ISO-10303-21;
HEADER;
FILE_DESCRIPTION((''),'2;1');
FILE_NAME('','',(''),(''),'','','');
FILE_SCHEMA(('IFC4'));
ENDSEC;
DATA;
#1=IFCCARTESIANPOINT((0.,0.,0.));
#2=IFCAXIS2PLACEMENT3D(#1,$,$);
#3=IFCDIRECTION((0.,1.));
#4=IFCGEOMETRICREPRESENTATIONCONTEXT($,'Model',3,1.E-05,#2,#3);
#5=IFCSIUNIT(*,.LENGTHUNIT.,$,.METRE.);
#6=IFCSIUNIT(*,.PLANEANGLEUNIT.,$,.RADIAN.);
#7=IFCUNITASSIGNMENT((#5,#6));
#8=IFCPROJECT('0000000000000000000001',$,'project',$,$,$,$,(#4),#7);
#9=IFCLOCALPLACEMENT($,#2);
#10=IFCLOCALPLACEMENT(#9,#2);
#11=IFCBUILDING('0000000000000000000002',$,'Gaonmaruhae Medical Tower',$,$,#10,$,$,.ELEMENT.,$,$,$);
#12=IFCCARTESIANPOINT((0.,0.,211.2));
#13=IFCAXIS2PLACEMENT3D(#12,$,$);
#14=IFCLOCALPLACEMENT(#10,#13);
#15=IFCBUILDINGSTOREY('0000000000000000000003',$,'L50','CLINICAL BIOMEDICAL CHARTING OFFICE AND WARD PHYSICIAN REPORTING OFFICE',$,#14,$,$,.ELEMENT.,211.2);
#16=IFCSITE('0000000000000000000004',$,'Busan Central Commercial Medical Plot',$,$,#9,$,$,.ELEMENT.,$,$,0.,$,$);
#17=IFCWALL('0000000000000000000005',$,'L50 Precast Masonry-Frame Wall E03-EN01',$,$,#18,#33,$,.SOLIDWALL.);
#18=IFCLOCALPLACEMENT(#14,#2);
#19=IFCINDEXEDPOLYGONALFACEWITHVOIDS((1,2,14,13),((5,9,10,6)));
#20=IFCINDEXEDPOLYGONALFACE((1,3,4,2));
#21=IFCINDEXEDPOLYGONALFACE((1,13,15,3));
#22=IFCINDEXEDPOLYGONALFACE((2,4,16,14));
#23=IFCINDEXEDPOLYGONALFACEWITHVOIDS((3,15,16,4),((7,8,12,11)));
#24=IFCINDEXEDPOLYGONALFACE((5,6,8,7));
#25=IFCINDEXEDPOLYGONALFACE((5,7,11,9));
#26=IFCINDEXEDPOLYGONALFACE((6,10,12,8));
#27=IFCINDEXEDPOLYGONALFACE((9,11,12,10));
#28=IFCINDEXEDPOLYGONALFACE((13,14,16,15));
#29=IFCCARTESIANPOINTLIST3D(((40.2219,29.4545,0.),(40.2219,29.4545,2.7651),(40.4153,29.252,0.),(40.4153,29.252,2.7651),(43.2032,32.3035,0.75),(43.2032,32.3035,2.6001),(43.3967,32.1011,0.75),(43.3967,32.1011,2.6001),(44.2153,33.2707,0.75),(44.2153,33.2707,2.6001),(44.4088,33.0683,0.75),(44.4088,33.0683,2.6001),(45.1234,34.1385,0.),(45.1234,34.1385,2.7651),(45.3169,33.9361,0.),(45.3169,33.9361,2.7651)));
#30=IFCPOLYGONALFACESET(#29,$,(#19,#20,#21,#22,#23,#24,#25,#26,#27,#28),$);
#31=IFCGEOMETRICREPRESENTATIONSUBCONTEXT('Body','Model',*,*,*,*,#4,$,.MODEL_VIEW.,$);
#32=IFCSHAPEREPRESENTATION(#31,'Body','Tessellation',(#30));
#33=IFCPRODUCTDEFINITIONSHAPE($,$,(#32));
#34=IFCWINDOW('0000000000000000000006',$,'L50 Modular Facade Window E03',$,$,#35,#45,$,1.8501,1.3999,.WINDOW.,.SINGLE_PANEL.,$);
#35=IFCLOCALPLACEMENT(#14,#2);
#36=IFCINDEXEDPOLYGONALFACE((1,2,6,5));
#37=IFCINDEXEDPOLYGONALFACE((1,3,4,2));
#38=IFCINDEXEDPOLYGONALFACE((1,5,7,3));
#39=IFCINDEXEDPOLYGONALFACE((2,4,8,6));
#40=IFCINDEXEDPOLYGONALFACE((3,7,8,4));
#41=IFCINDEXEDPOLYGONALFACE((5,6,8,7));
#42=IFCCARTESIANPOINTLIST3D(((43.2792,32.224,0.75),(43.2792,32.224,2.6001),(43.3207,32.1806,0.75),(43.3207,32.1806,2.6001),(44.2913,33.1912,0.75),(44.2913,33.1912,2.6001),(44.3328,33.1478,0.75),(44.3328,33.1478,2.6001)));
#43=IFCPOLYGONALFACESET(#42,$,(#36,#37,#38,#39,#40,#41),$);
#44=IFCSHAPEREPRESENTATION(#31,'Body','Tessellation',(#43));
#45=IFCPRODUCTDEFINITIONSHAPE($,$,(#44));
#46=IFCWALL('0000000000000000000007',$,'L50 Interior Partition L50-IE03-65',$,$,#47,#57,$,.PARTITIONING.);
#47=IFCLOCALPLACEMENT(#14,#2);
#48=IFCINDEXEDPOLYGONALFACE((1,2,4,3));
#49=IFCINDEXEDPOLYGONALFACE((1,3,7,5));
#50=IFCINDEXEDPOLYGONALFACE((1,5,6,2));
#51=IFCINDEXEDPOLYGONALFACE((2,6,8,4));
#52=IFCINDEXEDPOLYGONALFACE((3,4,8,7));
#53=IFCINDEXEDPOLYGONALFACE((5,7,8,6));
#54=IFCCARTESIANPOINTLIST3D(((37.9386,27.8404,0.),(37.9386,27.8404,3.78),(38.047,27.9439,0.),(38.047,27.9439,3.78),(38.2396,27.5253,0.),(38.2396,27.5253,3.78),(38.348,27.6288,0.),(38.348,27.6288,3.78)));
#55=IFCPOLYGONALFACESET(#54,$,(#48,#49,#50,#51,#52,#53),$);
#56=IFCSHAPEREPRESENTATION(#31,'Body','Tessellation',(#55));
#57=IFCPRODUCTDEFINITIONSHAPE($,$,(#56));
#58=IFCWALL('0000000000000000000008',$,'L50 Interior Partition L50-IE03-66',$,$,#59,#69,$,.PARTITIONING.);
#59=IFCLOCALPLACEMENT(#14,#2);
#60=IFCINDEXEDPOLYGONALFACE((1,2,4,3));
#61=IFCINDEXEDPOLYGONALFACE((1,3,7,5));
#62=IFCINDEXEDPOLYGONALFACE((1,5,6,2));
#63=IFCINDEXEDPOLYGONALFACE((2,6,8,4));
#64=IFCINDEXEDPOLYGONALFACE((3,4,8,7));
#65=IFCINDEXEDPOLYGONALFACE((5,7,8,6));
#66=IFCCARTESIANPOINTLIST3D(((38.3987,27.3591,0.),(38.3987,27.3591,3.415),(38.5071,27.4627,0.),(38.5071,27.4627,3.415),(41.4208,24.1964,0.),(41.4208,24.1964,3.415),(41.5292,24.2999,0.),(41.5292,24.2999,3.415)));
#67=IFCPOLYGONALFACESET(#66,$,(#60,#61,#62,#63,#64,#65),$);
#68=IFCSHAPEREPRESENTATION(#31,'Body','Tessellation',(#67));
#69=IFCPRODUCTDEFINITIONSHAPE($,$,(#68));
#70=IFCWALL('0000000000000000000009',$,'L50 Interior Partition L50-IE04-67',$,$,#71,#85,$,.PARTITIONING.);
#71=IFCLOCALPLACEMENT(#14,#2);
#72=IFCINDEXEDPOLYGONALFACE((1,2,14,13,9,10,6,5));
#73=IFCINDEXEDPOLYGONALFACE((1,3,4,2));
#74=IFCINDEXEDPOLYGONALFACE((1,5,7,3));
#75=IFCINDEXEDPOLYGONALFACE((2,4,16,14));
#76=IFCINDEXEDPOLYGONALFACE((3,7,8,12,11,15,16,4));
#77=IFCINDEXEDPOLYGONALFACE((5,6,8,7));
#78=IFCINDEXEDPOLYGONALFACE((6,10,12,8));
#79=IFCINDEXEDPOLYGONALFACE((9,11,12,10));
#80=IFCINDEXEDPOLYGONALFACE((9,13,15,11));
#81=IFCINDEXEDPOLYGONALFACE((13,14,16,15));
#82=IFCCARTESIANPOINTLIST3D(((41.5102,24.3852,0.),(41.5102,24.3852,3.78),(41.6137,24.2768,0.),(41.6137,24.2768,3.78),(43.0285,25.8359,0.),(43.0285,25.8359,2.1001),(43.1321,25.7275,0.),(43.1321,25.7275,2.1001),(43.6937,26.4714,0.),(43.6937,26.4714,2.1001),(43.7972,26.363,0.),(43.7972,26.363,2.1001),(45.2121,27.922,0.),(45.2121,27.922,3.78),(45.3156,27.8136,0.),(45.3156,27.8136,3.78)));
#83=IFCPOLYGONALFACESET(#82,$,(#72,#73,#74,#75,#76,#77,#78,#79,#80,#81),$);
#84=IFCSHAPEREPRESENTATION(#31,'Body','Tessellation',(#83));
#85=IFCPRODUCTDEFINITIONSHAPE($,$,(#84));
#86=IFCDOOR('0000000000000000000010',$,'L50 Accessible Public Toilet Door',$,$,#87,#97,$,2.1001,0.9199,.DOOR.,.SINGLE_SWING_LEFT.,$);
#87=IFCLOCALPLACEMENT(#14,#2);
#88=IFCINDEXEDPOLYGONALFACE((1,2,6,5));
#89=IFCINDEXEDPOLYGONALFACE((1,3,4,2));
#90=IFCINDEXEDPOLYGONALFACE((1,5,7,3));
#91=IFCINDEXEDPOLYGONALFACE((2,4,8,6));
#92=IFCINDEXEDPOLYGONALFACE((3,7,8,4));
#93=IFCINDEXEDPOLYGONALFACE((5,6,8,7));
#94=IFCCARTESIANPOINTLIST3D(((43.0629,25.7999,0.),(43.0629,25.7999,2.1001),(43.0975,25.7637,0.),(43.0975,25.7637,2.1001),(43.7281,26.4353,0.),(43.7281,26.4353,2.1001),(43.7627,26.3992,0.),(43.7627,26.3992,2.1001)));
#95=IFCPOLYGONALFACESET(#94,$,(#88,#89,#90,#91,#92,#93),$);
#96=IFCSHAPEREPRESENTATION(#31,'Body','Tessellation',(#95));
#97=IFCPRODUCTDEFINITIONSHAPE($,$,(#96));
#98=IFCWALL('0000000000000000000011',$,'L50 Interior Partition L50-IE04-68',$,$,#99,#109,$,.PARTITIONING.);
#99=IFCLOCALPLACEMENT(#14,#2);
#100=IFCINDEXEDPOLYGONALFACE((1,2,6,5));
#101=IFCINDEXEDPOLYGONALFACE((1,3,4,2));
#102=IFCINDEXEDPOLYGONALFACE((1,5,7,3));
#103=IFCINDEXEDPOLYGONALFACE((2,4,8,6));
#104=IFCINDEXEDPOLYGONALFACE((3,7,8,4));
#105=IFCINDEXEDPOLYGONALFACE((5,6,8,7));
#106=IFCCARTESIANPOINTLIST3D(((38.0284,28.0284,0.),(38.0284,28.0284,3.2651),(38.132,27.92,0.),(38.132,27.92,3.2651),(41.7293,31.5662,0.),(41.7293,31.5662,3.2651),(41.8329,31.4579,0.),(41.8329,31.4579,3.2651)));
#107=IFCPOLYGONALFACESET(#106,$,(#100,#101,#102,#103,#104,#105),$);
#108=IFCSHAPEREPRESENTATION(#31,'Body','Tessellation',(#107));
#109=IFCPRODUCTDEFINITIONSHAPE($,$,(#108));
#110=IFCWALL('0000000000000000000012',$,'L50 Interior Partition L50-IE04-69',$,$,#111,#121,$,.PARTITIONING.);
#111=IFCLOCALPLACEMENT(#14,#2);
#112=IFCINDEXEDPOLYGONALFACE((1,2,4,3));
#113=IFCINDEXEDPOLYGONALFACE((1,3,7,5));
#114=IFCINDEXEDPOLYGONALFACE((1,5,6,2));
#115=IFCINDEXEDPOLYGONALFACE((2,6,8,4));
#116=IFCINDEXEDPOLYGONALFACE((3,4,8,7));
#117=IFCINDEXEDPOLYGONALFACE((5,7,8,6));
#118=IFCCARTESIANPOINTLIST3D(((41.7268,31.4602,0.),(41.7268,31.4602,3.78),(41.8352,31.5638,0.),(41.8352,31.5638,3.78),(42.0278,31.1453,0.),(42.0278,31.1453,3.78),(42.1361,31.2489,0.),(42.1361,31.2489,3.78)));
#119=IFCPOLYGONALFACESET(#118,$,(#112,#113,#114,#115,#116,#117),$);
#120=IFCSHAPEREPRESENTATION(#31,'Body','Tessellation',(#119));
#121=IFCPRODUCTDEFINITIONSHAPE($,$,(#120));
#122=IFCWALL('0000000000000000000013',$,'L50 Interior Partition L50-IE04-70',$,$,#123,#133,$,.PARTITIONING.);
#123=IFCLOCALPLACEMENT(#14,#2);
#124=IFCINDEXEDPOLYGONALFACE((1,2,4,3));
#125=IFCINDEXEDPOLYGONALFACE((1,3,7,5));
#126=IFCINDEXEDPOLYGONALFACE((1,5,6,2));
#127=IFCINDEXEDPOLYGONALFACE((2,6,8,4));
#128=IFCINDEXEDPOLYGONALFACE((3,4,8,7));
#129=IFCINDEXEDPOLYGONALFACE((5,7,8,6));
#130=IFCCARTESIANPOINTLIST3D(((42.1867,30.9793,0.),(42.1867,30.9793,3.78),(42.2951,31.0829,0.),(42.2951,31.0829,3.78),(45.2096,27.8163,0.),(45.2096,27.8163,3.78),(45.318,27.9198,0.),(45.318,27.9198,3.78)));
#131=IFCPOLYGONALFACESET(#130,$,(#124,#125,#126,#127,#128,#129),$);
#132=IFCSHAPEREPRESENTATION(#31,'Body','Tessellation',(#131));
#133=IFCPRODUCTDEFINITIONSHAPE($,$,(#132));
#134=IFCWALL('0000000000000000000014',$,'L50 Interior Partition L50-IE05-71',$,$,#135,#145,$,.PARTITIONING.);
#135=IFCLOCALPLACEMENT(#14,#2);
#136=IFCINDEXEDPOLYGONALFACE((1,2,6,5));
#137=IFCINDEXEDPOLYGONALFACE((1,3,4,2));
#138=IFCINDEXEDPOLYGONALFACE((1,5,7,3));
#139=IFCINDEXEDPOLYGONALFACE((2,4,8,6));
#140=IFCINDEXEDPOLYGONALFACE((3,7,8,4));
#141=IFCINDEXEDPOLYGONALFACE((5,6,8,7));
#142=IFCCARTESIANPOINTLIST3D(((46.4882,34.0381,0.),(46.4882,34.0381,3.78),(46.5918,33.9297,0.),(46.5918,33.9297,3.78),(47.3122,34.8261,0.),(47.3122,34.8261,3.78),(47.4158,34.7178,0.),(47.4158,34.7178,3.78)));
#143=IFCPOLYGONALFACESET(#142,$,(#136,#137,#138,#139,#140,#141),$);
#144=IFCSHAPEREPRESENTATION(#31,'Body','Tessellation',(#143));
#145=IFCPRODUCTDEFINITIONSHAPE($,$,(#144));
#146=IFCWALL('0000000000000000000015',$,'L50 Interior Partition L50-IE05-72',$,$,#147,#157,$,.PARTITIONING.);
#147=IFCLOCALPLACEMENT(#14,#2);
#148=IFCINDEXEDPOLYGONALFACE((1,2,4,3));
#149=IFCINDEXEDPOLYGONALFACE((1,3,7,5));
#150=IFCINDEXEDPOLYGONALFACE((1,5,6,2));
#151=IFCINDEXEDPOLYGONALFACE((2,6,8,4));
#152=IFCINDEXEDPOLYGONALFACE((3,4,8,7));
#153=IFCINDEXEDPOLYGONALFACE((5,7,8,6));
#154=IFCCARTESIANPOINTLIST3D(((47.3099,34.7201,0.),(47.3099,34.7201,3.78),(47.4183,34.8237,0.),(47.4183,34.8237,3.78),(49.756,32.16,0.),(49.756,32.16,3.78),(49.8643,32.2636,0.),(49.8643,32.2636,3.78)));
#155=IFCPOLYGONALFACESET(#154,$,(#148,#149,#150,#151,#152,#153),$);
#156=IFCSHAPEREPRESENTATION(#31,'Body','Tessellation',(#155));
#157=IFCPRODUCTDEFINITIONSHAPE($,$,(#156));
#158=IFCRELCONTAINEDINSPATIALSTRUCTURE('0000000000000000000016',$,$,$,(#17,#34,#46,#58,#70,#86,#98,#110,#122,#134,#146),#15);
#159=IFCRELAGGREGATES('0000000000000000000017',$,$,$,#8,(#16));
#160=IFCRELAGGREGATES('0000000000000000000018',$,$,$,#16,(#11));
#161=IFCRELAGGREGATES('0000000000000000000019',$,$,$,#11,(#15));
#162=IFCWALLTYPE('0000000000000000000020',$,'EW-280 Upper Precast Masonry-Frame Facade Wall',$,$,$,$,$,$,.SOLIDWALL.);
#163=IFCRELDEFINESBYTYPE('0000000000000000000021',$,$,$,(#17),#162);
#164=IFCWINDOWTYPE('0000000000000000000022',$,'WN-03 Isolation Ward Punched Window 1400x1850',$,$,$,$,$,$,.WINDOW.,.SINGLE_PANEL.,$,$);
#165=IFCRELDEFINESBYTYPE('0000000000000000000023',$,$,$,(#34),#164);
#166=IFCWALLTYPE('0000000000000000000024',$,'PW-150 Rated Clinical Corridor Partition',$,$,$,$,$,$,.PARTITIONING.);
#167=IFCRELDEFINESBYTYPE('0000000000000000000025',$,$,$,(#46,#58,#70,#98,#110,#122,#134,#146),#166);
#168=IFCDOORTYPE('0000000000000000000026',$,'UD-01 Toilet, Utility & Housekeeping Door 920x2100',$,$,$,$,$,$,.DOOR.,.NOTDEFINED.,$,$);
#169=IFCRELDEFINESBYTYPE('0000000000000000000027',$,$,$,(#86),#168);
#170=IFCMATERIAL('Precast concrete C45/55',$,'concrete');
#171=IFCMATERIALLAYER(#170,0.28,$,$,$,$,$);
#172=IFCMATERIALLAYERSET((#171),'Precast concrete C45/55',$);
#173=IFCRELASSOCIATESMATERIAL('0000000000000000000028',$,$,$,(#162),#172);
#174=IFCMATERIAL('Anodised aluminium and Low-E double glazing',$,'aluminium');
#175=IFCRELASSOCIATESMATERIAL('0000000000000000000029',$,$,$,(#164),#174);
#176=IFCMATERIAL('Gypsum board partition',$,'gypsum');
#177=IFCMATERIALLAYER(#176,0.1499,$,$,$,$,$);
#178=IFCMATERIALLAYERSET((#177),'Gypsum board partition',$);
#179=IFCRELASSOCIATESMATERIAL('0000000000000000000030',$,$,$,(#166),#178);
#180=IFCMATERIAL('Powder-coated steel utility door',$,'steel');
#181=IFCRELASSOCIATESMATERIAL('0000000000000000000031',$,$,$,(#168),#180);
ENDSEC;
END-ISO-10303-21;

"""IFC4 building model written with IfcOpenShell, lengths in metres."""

from ifc_helpers import new_model, si_unit, direction, frame, frame_2d, origin, place, context, subcontext, project, spatial, rectangle, extrude, material, layer, layer_set, type_object, element, fill, save


model = new_model("IFC4")

# Units and contexts
model_context = context("Model", 3, precision=1e-05, world=origin(), true_north=direction((0.0, 1.0)))
body_context = subcontext(model_context, "Body", "Model", "MODEL_VIEW")
ifc_project = project(units=[si_unit("LENGTHUNIT", "METRE"), si_unit("PLANEANGLEUNIT", "RADIAN")], contexts=[model_context])

# Site, building, storey
site_placement = place(None, origin())
site = spatial("IfcSite", under=ifc_project, at=site_placement, Name="Busan Central Commercial Medical Plot", CompositionType="ELEMENT", RefElevation=0.0)
building_placement = place(site_placement, origin())
building = spatial("IfcBuilding", under=site, at=building_placement, Name="Gaonmaruhae Medical Tower", CompositionType="ELEMENT")
storey_placement = place(building_placement, frame((0.0, 0.0, 211.2)))
storey = spatial("IfcBuildingStorey", under=building, at=storey_placement, Name="L50", Description="CLINICAL BIOMEDICAL CHARTING OFFICE AND WARD PHYSICIAN REPORTING OFFICE", CompositionType="ELEMENT", Elevation=211.2)

# Wall, opening, window
ifc_material_1 = material(Name="Precast concrete C45/55", Category="concrete")
ifc_layer_1 = layer(ifc_material_1, 0.28)
ifc_layer_set_1 = layer_set([ifc_layer_1], Name="Precast concrete C45/55")
wall_type_1 = type_object("IfcWallType", Name="EW-280 Upper Precast Masonry-Frame Facade Wall", PredefinedType="SOLIDWALL", material=ifc_layer_set_1)
ifc_material_2 = material(Name="Anodised aluminium and Low-E double glazing", Category="aluminium")
wall_1_placement = place(storey_placement, frame((40.3186, 29.3533, 0.0), z_axis=(0.0, 0.0, 1.0), x_axis=(0.722967, 0.690882, 0.0)))
wall_1 = element("IfcWall", 1, at=wall_1_placement, inside=storey, type_object=wall_type_1, Name="L50 Precast Masonry-Frame Wall E03-EN01", PredefinedType="SOLIDWALL", context=body_context, shape_type="SweptSolid", body=[
    extrude(rectangle(XDim=6.7798, YDim=0.28, at=frame_2d((3.3899, 0.0))), origin(), (0.0, 0.0, 1.0), 2.7651),
])
opening_1_placement = place(wall_1_placement, frame((4.1238, 0.0, 0.75)))
opening_1 = element("IfcOpeningElement", 2, at=opening_1_placement, cuts=wall_1, PredefinedType="OPENING", context=body_context, shape_type="SweptSolid", body=[
    extrude(rectangle(XDim=1.3999, YDim=1.8501, at=frame_2d((0.7, 0.925))), frame((0.0, 0.1499, 0.0), z_axis=(0.0, -1.0, 0.0), x_axis=(1.0, 0.0, 0.0)), (0.0, 0.0, 1.0), 0.3),
])
window_type_1 = type_object("IfcWindowType", Name="WN-03 Isolation Ward Punched Window 1400x1850", PartitioningType="SINGLE_PANEL", PredefinedType="WINDOW", material=ifc_material_2)
window_1_placement = place(opening_1_placement, origin())
window_1 = element("IfcWindow", 3, at=window_1_placement, inside=storey, type_object=window_type_1, Name="L50 Modular Facade Window E03", OverallHeight=1.8501, OverallWidth=1.3999, PartitioningType="SINGLE_PANEL", PredefinedType="WINDOW", context=body_context, shape_type="SweptSolid", body=[
    extrude(rectangle(XDim=1.3999, YDim=1.8501, at=frame_2d((0.7, 0.925))), frame((0.0, 0.03, 0.0), z_axis=(0.0, -1.0, 0.0), x_axis=(1.0, 0.0, 0.0)), (0.0, 0.0, 1.0), 0.0601),
])
fill(opening_1, window_1)

# Shared definitions
ifc_material_3 = material(Name="Gypsum board partition", Category="gypsum")
ifc_layer_2 = layer(ifc_material_3, 0.1499)
ifc_layer_set_2 = layer_set([ifc_layer_2], Name="Gypsum board partition")
wall_type_2 = type_object("IfcWallType", Name="PW-150 Rated Clinical Corridor Partition", PredefinedType="PARTITIONING", material=ifc_layer_set_2)

# Walls
wall_2_placement = place(storey_placement, frame((37.9929, 27.8921, 0.0), z_axis=(0.0, 0.0, 1.0), x_axis=(0.690676, -0.723165, 0.0)))
element("IfcWall", 4, at=wall_2_placement, inside=storey, type_object=wall_type_2, Name="L50 Interior Partition L50-IE03-65", PredefinedType="PARTITIONING", context=body_context, shape_type="SweptSolid", body=[
    extrude(rectangle(XDim=0.4358, YDim=0.1499, at=frame_2d((0.2178, 0.0))), origin(), (0.0, 0.0, 1.0), 3.78),
])
wall_3_placement = place(storey_placement, frame((38.4529, 27.4109, 0.0), z_axis=(0.0, 0.0, 1.0), x_axis=(0.690851, -0.722997, 0.0)))
element("IfcWall", 5, at=wall_3_placement, inside=storey, type_object=wall_type_2, Name="L50 Interior Partition L50-IE03-66", PredefinedType="PARTITIONING", context=body_context, shape_type="SweptSolid", body=[
    extrude(rectangle(XDim=4.3745, YDim=0.1499, at=frame_2d((2.1873, 0.0))), origin(), (0.0, 0.0, 1.0), 3.415),
])

# Wall, opening, door
wall_4_placement = place(storey_placement, frame((45.2639, 27.8679, 0.0), z_axis=(0.0, 0.0, 1.0), x_axis=(-0.72304, -0.690806, 0.0)))
wall_4 = element("IfcWall", 6, at=wall_4_placement, inside=storey, type_object=wall_type_2, Name="L50 Interior Partition L50-IE04-67", PredefinedType="PARTITIONING", context=body_context, shape_type="SweptSolid", body=[
    extrude(rectangle(XDim=5.1199, YDim=0.1499, at=frame_2d((2.5601, 0.0))), origin(), (0.0, 0.0, 1.0), 3.78),
])
opening_2_placement = place(wall_4_placement, frame((2.1001, 0.0, 0.0)))
opening_2 = element("IfcOpeningElement", 7, at=opening_2_placement, cuts=wall_4, PredefinedType="OPENING", context=body_context, shape_type="SweptSolid", body=[
    extrude(rectangle(XDim=0.9199, YDim=2.1001, at=frame_2d((0.46, 1.05))), frame((0.0, 0.085, 0.0), z_axis=(0.0, -1.0, 0.0), x_axis=(1.0, 0.0, 0.0)), (0.0, 0.0, 1.0), 0.1699),
])
ifc_material_4 = material(Name="Powder-coated steel utility door", Category="steel")
door_type_1 = type_object("IfcDoorType", Name="UD-01 Toilet, Utility & Housekeeping Door 920x2100", OperationType="NOTDEFINED", PredefinedType="DOOR", material=ifc_material_4)
door_1_placement = place(opening_2_placement, origin())
door_1 = element("IfcDoor", 8, at=door_1_placement, inside=storey, type_object=door_type_1, Name="L50 Accessible Public Toilet Door", OperationType="SINGLE_SWING_LEFT", OverallHeight=2.1001, OverallWidth=0.9199, PredefinedType="DOOR", context=body_context, shape_type="SweptSolid", body=[
    extrude(rectangle(XDim=0.9199, YDim=2.1001, at=frame_2d((0.46, 1.05))), frame((0.0, 0.0249, 0.0), z_axis=(0.0, -1.0, 0.0), x_axis=(1.0, 0.0, 0.0)), (0.0, 0.0, 1.0), 0.05),
])
fill(opening_2, door_1)

# Walls
wall_5_placement = place(storey_placement, frame((38.0801, 27.9741, 0.0), z_axis=(0.0, 0.0, 1.0), x_axis=(0.722854, 0.691001, 0.0)))
element("IfcWall", 9, at=wall_5_placement, inside=storey, type_object=wall_type_2, Name="L50 Interior Partition L50-IE04-68", PredefinedType="PARTITIONING", context=body_context, shape_type="SweptSolid", body=[
    extrude(rectangle(XDim=5.1199, YDim=0.1499, at=frame_2d((2.5601, 0.0))), origin(), (0.0, 0.0, 1.0), 3.2651),
])
wall_6_placement = place(storey_placement, frame((41.781, 31.512, 0.0), z_axis=(0.0, 0.0, 1.0), x_axis=(0.690955, -0.722897, 0.0)))
element("IfcWall", 10, at=wall_6_placement, inside=storey, type_object=wall_type_2, Name="L50 Interior Partition L50-IE04-69", PredefinedType="PARTITIONING", context=body_context, shape_type="SweptSolid", body=[
    extrude(rectangle(XDim=0.4355, YDim=0.1499, at=frame_2d((0.2178, 0.0))), origin(), (0.0, 0.0, 1.0), 3.78),
])
wall_7_placement = place(storey_placement, frame((42.241, 31.031, 0.0), z_axis=(0.0, 0.0, 1.0), x_axis=(0.690911, -0.72294, 0.0)))
element("IfcWall", 11, at=wall_7_placement, inside=storey, type_object=wall_type_2, Name="L50 Interior Partition L50-IE04-70", PredefinedType="PARTITIONING", context=body_context, shape_type="SweptSolid", body=[
    extrude(rectangle(XDim=4.3752, YDim=0.1499, at=frame_2d((2.1875, 0.0))), origin(), (0.0, 0.0, 1.0), 3.78),
])
wall_8_placement = place(storey_placement, frame((46.54, 33.9839, 0.0), z_axis=(0.0, 0.0, 1.0), x_axis=(0.72267, 0.691193, 0.0)))
element("IfcWall", 12, at=wall_8_placement, inside=storey, type_object=wall_type_2, Name="L50 Interior Partition L50-IE05-71", PredefinedType="PARTITIONING", context=body_context, shape_type="SweptSolid", body=[
    extrude(rectangle(XDim=1.1401, YDim=0.1499, at=frame_2d((0.5701, 0.0))), origin(), (0.0, 0.0, 1.0), 3.78),
])
wall_9_placement = place(storey_placement, frame((47.364, 34.772, 0.0), z_axis=(0.0, 0.0, 1.0), x_axis=(0.690823, -0.723024, 0.0)))
element("IfcWall", 13, at=wall_9_placement, inside=storey, type_object=wall_type_2, Name="L50 Interior Partition L50-IE05-72", PredefinedType="PARTITIONING", context=body_context, shape_type="SweptSolid", body=[
    extrude(rectangle(XDim=3.5408, YDim=0.1499, at=frame_2d((1.7705, 0.0))), origin(), (0.0, 0.0, 1.0), 3.78),
])

save(model, "model.ifc")
